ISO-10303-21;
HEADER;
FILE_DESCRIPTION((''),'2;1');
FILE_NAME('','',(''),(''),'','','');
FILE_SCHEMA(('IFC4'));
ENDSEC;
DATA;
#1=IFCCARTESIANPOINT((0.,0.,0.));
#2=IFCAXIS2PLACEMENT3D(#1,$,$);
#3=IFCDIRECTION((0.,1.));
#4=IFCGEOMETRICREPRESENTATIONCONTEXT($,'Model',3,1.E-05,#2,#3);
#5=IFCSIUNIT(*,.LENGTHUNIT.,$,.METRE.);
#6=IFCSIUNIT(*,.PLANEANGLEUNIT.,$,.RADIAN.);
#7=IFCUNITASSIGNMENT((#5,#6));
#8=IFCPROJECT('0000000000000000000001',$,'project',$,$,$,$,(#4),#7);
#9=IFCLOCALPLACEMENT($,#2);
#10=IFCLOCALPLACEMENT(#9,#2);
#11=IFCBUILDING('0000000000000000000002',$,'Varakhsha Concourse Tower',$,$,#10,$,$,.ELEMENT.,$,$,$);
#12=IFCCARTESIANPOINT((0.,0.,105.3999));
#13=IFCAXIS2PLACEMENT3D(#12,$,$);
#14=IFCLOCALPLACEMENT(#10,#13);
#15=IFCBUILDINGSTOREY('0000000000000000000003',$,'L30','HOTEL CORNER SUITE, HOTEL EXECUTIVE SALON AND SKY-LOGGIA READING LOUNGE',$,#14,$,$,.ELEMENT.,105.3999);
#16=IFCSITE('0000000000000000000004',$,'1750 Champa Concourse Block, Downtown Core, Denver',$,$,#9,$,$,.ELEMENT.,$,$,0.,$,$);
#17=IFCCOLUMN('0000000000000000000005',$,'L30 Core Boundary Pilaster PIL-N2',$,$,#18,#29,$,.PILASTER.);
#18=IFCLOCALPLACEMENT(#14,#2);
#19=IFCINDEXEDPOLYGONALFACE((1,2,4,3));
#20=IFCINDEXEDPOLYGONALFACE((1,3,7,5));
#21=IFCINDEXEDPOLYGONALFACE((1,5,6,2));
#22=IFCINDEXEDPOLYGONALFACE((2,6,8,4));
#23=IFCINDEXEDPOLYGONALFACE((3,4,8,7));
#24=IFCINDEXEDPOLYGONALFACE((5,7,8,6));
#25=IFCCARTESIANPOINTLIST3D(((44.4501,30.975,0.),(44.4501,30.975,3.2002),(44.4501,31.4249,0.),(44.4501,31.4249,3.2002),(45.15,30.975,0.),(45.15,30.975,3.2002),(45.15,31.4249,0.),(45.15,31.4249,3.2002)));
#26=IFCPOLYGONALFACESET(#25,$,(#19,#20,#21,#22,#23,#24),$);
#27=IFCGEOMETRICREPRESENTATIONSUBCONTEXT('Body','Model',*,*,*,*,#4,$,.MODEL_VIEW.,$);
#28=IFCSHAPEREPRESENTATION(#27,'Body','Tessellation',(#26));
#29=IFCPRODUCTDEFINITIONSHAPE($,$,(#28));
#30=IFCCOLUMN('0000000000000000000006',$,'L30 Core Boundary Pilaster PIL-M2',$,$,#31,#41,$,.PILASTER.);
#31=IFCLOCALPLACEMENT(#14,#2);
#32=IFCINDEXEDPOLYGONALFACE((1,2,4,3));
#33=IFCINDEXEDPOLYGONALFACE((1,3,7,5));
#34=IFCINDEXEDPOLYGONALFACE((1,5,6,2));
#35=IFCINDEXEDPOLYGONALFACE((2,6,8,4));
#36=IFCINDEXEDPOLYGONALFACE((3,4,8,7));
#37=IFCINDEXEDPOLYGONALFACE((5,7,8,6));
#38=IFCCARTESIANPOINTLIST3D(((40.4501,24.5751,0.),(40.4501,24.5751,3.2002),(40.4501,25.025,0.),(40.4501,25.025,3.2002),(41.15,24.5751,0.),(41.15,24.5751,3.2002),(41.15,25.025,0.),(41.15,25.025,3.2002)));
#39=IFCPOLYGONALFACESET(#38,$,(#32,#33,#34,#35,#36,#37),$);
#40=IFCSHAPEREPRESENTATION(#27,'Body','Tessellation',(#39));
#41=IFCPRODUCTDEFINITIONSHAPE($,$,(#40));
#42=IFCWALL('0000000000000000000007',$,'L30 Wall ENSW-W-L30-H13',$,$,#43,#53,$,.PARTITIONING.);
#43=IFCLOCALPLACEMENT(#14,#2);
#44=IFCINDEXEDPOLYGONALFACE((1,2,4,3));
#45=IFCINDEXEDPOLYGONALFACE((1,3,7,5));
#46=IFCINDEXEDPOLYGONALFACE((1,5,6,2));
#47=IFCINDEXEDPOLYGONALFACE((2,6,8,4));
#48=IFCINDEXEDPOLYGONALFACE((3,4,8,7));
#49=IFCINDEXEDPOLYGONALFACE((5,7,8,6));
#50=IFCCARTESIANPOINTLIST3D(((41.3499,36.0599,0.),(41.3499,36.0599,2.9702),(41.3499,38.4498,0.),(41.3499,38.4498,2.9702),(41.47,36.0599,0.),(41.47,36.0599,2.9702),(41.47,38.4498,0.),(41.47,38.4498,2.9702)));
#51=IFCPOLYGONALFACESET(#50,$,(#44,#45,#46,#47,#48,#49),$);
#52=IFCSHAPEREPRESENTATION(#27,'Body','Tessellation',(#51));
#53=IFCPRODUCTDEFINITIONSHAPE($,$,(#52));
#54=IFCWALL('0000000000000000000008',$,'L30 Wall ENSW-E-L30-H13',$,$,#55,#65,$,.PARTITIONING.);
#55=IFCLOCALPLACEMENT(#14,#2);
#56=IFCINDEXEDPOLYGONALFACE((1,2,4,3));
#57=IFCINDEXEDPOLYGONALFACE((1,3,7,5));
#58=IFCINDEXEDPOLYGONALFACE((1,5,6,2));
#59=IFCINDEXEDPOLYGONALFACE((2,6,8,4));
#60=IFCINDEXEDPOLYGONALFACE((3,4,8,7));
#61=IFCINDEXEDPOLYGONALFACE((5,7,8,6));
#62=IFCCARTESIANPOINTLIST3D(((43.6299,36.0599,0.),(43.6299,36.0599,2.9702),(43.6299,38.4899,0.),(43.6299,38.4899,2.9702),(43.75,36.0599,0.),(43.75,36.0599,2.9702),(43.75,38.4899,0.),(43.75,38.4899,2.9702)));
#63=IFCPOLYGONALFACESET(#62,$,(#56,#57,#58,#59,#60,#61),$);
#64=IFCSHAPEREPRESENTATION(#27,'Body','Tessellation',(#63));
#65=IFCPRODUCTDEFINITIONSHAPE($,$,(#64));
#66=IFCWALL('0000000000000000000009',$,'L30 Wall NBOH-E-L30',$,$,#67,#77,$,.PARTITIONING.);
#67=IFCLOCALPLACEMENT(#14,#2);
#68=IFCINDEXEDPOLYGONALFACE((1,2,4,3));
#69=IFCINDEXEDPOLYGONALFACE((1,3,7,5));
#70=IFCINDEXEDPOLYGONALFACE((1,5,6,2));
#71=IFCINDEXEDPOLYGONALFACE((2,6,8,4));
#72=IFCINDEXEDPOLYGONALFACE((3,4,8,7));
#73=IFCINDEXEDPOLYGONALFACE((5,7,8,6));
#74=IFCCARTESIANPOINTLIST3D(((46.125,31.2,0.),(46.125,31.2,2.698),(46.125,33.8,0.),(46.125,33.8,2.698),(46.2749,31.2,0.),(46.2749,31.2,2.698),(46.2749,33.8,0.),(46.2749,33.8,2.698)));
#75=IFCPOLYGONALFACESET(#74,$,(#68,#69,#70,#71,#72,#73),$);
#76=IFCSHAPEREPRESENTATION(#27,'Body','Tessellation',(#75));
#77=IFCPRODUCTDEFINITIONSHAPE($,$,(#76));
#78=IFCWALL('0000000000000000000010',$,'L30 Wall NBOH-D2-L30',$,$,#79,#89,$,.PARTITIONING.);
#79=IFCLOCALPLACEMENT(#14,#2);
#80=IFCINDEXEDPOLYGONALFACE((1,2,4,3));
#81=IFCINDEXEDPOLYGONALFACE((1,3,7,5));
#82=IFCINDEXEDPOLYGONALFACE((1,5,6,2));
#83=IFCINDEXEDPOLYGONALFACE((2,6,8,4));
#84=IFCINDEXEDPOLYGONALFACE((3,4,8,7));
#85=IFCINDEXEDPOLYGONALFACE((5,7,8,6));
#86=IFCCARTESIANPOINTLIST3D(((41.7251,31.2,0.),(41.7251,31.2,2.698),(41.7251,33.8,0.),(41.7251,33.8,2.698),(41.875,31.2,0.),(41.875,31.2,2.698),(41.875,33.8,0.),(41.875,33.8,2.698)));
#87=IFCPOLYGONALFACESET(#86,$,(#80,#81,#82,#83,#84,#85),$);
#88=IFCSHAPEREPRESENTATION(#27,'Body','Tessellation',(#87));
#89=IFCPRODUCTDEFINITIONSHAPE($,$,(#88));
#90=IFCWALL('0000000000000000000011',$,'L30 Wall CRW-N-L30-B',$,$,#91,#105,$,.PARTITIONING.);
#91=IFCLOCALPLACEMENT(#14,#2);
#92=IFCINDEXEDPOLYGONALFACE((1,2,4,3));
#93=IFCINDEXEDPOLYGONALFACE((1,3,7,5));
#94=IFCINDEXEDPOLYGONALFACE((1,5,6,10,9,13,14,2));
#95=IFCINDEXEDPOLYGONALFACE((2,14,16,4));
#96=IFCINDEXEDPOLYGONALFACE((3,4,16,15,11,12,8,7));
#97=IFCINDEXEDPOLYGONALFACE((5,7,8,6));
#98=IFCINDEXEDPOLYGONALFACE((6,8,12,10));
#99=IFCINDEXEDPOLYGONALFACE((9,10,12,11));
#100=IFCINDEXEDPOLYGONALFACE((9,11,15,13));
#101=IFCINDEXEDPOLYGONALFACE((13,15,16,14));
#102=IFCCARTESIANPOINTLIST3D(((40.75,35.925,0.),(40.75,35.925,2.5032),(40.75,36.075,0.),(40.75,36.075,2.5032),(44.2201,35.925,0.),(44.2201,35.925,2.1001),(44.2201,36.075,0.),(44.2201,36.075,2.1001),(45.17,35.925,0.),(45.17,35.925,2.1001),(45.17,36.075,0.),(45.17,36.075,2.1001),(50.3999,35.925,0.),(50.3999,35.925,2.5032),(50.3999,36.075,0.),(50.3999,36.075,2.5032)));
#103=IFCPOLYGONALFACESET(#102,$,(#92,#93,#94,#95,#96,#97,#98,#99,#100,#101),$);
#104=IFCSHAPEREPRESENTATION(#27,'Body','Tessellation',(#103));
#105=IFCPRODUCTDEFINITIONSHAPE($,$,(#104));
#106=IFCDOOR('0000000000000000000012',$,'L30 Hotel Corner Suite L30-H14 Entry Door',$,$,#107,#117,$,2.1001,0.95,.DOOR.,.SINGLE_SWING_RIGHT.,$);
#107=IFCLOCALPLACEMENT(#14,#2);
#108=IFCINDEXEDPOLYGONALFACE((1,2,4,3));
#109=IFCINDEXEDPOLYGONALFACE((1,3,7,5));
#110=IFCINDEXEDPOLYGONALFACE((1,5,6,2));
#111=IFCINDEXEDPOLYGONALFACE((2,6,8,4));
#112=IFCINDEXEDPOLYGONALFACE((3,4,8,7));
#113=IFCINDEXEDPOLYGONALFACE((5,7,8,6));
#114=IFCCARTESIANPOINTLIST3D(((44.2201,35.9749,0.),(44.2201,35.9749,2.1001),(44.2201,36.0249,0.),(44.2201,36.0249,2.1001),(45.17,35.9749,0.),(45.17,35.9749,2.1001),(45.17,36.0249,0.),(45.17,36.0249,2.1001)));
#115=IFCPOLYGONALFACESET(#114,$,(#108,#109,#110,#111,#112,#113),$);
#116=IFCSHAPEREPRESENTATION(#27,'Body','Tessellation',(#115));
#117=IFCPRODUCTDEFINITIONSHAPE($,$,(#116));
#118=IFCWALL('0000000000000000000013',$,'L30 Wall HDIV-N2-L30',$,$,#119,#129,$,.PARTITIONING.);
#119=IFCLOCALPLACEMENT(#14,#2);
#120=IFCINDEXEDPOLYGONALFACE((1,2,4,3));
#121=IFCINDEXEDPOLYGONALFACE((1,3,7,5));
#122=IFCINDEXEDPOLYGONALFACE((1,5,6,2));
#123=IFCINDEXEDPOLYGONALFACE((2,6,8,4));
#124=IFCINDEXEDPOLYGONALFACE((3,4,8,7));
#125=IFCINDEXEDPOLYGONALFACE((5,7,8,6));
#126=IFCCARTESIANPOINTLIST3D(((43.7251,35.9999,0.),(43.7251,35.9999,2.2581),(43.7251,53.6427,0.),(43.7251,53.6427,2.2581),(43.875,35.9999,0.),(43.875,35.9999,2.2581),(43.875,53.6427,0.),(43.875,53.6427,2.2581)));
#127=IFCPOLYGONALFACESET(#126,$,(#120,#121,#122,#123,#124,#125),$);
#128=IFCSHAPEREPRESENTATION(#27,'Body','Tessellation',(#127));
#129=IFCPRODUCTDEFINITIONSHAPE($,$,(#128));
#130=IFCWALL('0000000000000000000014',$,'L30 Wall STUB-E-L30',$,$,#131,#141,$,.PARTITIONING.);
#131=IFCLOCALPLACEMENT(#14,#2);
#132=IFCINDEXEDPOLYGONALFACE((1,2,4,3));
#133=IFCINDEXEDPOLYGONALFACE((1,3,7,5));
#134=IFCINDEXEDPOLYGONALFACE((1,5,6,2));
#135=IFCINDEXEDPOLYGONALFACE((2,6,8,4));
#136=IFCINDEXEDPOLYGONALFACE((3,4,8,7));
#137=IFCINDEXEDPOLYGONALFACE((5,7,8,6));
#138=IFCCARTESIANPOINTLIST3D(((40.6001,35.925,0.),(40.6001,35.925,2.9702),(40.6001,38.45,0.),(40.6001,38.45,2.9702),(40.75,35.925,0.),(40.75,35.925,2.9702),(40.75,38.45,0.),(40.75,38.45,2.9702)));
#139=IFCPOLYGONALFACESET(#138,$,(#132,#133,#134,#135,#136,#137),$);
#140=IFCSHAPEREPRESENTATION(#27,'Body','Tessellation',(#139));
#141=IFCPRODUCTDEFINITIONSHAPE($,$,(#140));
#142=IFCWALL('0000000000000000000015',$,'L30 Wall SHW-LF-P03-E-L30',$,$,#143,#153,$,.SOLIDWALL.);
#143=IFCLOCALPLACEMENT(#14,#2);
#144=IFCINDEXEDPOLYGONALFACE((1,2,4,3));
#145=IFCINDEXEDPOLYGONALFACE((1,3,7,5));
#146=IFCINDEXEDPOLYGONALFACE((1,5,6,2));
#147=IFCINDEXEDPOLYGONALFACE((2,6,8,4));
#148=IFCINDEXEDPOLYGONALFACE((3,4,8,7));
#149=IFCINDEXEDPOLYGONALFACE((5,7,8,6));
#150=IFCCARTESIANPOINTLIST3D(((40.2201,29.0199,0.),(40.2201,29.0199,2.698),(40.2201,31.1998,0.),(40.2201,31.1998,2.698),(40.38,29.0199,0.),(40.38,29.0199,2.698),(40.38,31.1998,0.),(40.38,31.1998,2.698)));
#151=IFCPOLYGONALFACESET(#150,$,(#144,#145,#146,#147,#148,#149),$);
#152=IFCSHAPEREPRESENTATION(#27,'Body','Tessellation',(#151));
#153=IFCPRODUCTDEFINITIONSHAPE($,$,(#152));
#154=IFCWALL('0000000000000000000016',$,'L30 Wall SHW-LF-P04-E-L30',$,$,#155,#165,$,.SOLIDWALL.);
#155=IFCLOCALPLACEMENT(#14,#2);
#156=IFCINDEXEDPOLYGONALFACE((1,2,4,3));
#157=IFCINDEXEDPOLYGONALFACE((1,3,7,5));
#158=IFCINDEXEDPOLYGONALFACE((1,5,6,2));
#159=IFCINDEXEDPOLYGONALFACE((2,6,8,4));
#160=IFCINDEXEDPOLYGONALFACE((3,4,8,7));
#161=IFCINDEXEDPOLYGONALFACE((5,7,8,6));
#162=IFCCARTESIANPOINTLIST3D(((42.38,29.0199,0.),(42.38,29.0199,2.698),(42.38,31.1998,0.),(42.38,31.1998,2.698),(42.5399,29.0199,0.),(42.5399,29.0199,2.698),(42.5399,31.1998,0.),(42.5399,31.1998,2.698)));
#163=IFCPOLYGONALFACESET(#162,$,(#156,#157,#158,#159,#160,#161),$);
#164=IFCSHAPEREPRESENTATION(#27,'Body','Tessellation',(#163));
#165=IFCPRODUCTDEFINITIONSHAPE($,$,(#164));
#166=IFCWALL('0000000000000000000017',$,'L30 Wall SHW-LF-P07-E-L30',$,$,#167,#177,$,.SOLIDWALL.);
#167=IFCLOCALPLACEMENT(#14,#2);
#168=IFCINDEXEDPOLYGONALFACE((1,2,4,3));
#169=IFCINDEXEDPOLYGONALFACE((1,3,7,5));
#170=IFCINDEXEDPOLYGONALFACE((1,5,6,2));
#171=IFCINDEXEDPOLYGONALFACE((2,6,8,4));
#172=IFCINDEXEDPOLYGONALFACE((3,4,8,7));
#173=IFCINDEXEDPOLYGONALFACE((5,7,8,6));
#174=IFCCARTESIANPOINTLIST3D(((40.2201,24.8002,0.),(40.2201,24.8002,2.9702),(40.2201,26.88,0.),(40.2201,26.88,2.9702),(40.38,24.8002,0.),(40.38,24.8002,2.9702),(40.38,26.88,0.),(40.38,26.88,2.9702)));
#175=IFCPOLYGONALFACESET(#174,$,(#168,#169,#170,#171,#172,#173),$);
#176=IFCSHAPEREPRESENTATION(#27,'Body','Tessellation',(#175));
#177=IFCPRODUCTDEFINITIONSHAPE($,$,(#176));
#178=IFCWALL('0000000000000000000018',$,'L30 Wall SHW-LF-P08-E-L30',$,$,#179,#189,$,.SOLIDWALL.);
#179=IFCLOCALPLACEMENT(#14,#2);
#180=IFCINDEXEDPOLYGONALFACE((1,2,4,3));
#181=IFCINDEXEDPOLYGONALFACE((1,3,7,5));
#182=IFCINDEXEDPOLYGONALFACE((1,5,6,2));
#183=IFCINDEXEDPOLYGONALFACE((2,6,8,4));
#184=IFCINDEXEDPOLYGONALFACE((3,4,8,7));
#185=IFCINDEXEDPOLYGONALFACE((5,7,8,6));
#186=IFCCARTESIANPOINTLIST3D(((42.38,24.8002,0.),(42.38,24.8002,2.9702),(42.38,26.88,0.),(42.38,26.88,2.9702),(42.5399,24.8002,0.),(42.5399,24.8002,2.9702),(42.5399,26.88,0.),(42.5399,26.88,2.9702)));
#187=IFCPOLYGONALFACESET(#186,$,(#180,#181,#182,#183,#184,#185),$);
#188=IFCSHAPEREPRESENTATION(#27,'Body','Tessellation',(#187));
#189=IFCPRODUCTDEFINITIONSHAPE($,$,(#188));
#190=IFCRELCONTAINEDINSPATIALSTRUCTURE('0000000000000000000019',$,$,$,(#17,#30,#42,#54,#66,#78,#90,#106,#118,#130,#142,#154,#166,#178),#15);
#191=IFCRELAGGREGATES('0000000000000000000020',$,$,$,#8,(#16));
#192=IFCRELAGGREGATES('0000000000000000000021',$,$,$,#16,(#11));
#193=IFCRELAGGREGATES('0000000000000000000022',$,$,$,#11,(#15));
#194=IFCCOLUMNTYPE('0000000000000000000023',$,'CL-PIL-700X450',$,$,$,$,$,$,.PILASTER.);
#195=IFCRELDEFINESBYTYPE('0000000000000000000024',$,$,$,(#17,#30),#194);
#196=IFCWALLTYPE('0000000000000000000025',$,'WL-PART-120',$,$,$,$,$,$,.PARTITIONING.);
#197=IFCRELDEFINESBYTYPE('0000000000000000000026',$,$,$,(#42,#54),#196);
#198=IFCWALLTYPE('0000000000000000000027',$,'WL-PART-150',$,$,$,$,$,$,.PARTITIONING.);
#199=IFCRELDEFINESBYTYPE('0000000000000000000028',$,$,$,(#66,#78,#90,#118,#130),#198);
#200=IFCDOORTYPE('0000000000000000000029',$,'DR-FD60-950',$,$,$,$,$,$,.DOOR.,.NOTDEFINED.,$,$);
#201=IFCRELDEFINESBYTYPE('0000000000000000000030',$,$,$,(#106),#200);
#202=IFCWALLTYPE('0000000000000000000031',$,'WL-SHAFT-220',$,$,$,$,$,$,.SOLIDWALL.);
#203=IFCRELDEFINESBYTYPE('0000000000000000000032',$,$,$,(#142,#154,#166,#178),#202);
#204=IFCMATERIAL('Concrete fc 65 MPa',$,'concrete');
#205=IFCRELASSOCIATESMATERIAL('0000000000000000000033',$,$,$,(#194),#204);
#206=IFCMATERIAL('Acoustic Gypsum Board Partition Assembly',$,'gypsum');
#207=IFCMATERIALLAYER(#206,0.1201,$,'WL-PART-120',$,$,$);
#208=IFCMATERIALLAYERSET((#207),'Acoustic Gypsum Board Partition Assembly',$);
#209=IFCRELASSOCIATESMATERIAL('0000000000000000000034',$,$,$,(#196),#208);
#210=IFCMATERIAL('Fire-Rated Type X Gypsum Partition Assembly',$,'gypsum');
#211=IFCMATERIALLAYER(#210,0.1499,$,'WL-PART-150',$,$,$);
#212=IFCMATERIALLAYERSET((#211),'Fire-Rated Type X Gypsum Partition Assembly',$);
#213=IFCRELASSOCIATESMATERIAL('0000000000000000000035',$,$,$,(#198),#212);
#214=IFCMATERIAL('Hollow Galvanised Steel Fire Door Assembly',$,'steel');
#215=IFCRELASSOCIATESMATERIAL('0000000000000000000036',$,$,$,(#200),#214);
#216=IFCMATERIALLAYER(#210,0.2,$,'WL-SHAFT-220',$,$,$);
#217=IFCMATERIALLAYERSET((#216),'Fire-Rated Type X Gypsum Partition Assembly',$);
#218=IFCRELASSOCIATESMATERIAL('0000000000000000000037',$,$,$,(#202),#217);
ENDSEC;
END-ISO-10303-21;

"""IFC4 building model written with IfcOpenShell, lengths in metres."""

from ifc_helpers import new_model, si_unit, direction, frame, frame_2d, origin, origin_2d, place, context, subcontext, project, spatial, rectangle, extrude, material, layer, layer_set, material_profile, profile_set, type_object, element, fill, save


model = new_model("IFC4")

# Units and contexts
model_context = context("Model", 3, precision=1e-05, world=origin(), true_north=direction((0.0, 1.0)))
body_context = subcontext(model_context, "Body", "Model", "MODEL_VIEW")
ifc_project = project(units=[si_unit("LENGTHUNIT", "METRE"), si_unit("PLANEANGLEUNIT", "RADIAN")], contexts=[model_context])

# Site, building, storey
site_placement = place(None, origin())
site = spatial("IfcSite", under=ifc_project, at=site_placement, Name="1750 Champa Concourse Block, Downtown Core, Denver", CompositionType="ELEMENT", RefElevation=0.0)
building_placement = place(site_placement, origin())
building = spatial("IfcBuilding", under=site, at=building_placement, Name="Varakhsha Concourse Tower", CompositionType="ELEMENT")
storey_placement = place(building_placement, frame((0.0, 0.0, 105.3999)))
storey = spatial("IfcBuildingStorey", under=building, at=storey_placement, Name="L30", Description="HOTEL CORNER SUITE, HOTEL EXECUTIVE SALON AND SKY-LOGGIA READING LOUNGE", CompositionType="ELEMENT", Elevation=105.3999)

# Columns
ifc_material_1 = material(Name="Concrete fc 65 MPa", Category="concrete")
ifc_material_profile = material_profile(ifc_material_1, rectangle(XDim=0.7, YDim=0.45, at=origin_2d()), Name="RC 700x450")
ifc_profile_set = profile_set([ifc_material_profile], Name="Concrete fc 65 MPa")
column_type = type_object("IfcColumnType", Name="CL-PIL-700X450", PredefinedType="PILASTER", material=ifc_profile_set)
for number, where, z_axis, x_axis, name in (
    (1, (44.8, 31.2, 0.0), (0.0, 0.0, 1.0), (1.0, 0.0, 0.0), "L30 Core Boundary Pilaster PIL-N2"),
    (2, (40.8, 24.8, 0.0), (0.0, 0.0, 1.0), (1.0, 0.0, 0.0), "L30 Core Boundary Pilaster PIL-M2"),
):
    element("IfcColumn", number, at=place(storey_placement, frame(where, z_axis=z_axis, x_axis=x_axis)), inside=storey, type_object=column_type, Name=name, PredefinedType="PILASTER", context=body_context, shape_type="SweptSolid", body=[
        extrude(rectangle(XDim=0.7, YDim=0.45, at=origin_2d()), origin(), (0.0, 0.0, 1.0), 3.2002),
    ])

# Walls
ifc_material_2 = material(Name="Acoustic Gypsum Board Partition Assembly", Category="gypsum")
ifc_layer_1 = layer(ifc_material_2, 0.1201, Name="WL-PART-120")
ifc_layer_set_1 = layer_set([ifc_layer_1], Name="Acoustic Gypsum Board Partition Assembly")
wall_type_1 = type_object("IfcWallType", Name="WL-PART-120", PredefinedType="PARTITIONING", material=ifc_layer_set_1)
wall_1_placement = place(storey_placement, frame((41.4099, 36.0601, 0.0), z_axis=(0.0, 0.0, 1.0), x_axis=(0.0, 1.0, 0.0)))
element("IfcWall", 3, at=wall_1_placement, inside=storey, type_object=wall_type_1, Name="L30 Wall ENSW-W-L30-H13", PredefinedType="PARTITIONING", context=body_context, shape_type="SweptSolid", body=[
    extrude(rectangle(XDim=2.3899, YDim=0.1201, at=frame_2d((1.1948, 0.0))), origin(), (0.0, 0.0, 1.0), 2.9702),
])
wall_2_placement = place(storey_placement, frame((43.6899, 36.0601, 0.0), z_axis=(0.0, 0.0, 1.0), x_axis=(0.0, 1.0, 0.0)))
element("IfcWall", 4, at=wall_2_placement, inside=storey, type_object=wall_type_1, Name="L30 Wall ENSW-E-L30-H13", PredefinedType="PARTITIONING", context=body_context, shape_type="SweptSolid", body=[
    extrude(rectangle(XDim=2.4299, YDim=0.1201, at=frame_2d((1.2148, 0.0))), origin(), (0.0, 0.0, 1.0), 2.9702),
])
ifc_material_3 = material(Name="Fire-Rated Type X Gypsum Partition Assembly", Category="gypsum")
ifc_layer_2 = layer(ifc_material_3, 0.1499, Name="WL-PART-150")
ifc_layer_set_2 = layer_set([ifc_layer_2], Name="Fire-Rated Type X Gypsum Partition Assembly")
wall_type_2 = type_object("IfcWallType", Name="WL-PART-150", PredefinedType="PARTITIONING", material=ifc_layer_set_2)
for number, where, z_axis, x_axis, name in (
    (5, (46.2, 31.2, 0.0), (0.0, 0.0, 1.0), (0.0, 1.0, 0.0), "L30 Wall NBOH-E-L30"),
    (6, (41.8, 31.2, 0.0), (0.0, 0.0, 1.0), (0.0, 1.0, 0.0), "L30 Wall NBOH-D2-L30"),
):
    element("IfcWall", number, at=place(storey_placement, frame(where, z_axis=z_axis, x_axis=x_axis)), inside=storey, type_object=wall_type_2, Name=name, PredefinedType="PARTITIONING", context=body_context, shape_type="SweptSolid", body=[
        extrude(rectangle(XDim=2.6001, YDim=0.1499, at=frame_2d((1.3, 0.0))), origin(), (0.0, 0.0, 1.0), 2.698),
    ])

# Wall, opening, door
wall_3_placement = place(storey_placement, frame((40.75, 36.0, 0.0), z_axis=(0.0, 0.0, 1.0), x_axis=(1.0, 0.0, 0.0)))
wall_3 = element("IfcWall", 7, at=wall_3_placement, inside=storey, type_object=wall_type_2, Name="L30 Wall CRW-N-L30-B", PredefinedType="PARTITIONING", context=body_context, shape_type="SweptSolid", body=[
    extrude(rectangle(XDim=9.6499, YDim=0.1499, at=frame_2d((4.825, 0.0))), origin(), (0.0, 0.0, 1.0), 2.5032),
])
opening_placement = place(wall_3_placement, frame((3.47, 0.0, 0.0)))
opening = element("IfcOpeningElement", 8, at=opening_placement, cuts=wall_3, PredefinedType="OPENING", context=body_context, shape_type="SweptSolid", body=[
    extrude(rectangle(XDim=0.95, YDim=2.1001, at=frame_2d((0.4751, 1.05))), frame((0.0, 0.085, 0.0), z_axis=(0.0, -1.0, 0.0), x_axis=(1.0, 0.0, 0.0)), (0.0, 0.0, 1.0), 0.1699),
])
ifc_material_4 = material(Name="Hollow Galvanised Steel Fire Door Assembly", Category="steel")
door_type = type_object("IfcDoorType", Name="DR-FD60-950", OperationType="NOTDEFINED", PredefinedType="DOOR", material=ifc_material_4)
door_placement = place(opening_placement, origin())
door = element("IfcDoor", 9, at=door_placement, inside=storey, type_object=door_type, Name="L30 Hotel Corner Suite L30-H14 Entry Door", OperationType="SINGLE_SWING_RIGHT", OverallHeight=2.1001, OverallWidth=0.95, PredefinedType="DOOR", context=body_context, shape_type="SweptSolid", body=[
    extrude(rectangle(XDim=0.95, YDim=2.1001, at=frame_2d((0.4751, 1.05))), frame((0.0, 0.0249, 0.0), z_axis=(0.0, -1.0, 0.0), x_axis=(1.0, 0.0, 0.0)), (0.0, 0.0, 1.0), 0.05),
])
fill(opening, door)

# Walls
wall_4_placement = place(storey_placement, frame((43.8, 36.0, 0.0), z_axis=(0.0, 0.0, 1.0), x_axis=(0.0, 1.0, 0.0)))
element("IfcWall", 10, at=wall_4_placement, inside=storey, type_object=wall_type_2, Name="L30 Wall HDIV-N2-L30", PredefinedType="PARTITIONING", context=body_context, shape_type="SweptSolid", body=[
    extrude(rectangle(XDim=17.6428, YDim=0.1499, at=frame_2d((8.8213, 0.0))), origin(), (0.0, 0.0, 1.0), 2.2581),
])
wall_5_placement = place(storey_placement, frame((40.675, 35.925, 0.0), z_axis=(0.0, 0.0, 1.0), x_axis=(0.0, 1.0, 0.0)))
element("IfcWall", 11, at=wall_5_placement, inside=storey, type_object=wall_type_2, Name="L30 Wall STUB-E-L30", PredefinedType="PARTITIONING", context=body_context, shape_type="SweptSolid", body=[
    extrude(rectangle(XDim=2.5249, YDim=0.1499, at=frame_2d((1.2625, 0.0))), origin(), (0.0, 0.0, 1.0), 2.9702),
])
ifc_layer_3 = layer(ifc_material_3, 0.2, Name="WL-SHAFT-220")
ifc_layer_set_3 = layer_set([ifc_layer_3], Name="Fire-Rated Type X Gypsum Partition Assembly")
wall_type_3 = type_object("IfcWallType", Name="WL-SHAFT-220", PredefinedType="SOLIDWALL", material=ifc_layer_set_3)
for number, where, z_axis, x_axis, name in (
    (12, (40.3, 29.02, 0.0), (0.0, 0.0, 1.0), (0.0, 1.0, 0.0), "L30 Wall SHW-LF-P03-E-L30"),
    (13, (42.46, 29.02, 0.0), (0.0, 0.0, 1.0), (0.0, 1.0, 0.0), "L30 Wall SHW-LF-P04-E-L30"),
):
    element("IfcWall", number, at=place(storey_placement, frame(where, z_axis=z_axis, x_axis=x_axis)), inside=storey, type_object=wall_type_3, Name=name, PredefinedType="SOLIDWALL", context=body_context, shape_type="SweptSolid", body=[
        extrude(rectangle(XDim=2.1799, YDim=0.1599, at=frame_2d((1.0898, 0.0))), origin(), (0.0, 0.0, 1.0), 2.698),
    ])
for number, where, z_axis, x_axis, name in (
    (14, (40.3, 24.8, 0.0), (0.0, 0.0, 1.0), (0.0, 1.0, 0.0), "L30 Wall SHW-LF-P07-E-L30"),
    (15, (42.46, 24.8, 0.0), (0.0, 0.0, 1.0), (0.0, 1.0, 0.0), "L30 Wall SHW-LF-P08-E-L30"),
):
    element("IfcWall", number, at=place(storey_placement, frame(where, z_axis=z_axis, x_axis=x_axis)), inside=storey, type_object=wall_type_3, Name=name, PredefinedType="SOLIDWALL", context=body_context, shape_type="SweptSolid", body=[
        extrude(rectangle(XDim=2.0798, YDim=0.1599, at=frame_2d((1.04, 0.0))), origin(), (0.0, 0.0, 1.0), 2.9702),
    ])

save(model, "model.ifc")
